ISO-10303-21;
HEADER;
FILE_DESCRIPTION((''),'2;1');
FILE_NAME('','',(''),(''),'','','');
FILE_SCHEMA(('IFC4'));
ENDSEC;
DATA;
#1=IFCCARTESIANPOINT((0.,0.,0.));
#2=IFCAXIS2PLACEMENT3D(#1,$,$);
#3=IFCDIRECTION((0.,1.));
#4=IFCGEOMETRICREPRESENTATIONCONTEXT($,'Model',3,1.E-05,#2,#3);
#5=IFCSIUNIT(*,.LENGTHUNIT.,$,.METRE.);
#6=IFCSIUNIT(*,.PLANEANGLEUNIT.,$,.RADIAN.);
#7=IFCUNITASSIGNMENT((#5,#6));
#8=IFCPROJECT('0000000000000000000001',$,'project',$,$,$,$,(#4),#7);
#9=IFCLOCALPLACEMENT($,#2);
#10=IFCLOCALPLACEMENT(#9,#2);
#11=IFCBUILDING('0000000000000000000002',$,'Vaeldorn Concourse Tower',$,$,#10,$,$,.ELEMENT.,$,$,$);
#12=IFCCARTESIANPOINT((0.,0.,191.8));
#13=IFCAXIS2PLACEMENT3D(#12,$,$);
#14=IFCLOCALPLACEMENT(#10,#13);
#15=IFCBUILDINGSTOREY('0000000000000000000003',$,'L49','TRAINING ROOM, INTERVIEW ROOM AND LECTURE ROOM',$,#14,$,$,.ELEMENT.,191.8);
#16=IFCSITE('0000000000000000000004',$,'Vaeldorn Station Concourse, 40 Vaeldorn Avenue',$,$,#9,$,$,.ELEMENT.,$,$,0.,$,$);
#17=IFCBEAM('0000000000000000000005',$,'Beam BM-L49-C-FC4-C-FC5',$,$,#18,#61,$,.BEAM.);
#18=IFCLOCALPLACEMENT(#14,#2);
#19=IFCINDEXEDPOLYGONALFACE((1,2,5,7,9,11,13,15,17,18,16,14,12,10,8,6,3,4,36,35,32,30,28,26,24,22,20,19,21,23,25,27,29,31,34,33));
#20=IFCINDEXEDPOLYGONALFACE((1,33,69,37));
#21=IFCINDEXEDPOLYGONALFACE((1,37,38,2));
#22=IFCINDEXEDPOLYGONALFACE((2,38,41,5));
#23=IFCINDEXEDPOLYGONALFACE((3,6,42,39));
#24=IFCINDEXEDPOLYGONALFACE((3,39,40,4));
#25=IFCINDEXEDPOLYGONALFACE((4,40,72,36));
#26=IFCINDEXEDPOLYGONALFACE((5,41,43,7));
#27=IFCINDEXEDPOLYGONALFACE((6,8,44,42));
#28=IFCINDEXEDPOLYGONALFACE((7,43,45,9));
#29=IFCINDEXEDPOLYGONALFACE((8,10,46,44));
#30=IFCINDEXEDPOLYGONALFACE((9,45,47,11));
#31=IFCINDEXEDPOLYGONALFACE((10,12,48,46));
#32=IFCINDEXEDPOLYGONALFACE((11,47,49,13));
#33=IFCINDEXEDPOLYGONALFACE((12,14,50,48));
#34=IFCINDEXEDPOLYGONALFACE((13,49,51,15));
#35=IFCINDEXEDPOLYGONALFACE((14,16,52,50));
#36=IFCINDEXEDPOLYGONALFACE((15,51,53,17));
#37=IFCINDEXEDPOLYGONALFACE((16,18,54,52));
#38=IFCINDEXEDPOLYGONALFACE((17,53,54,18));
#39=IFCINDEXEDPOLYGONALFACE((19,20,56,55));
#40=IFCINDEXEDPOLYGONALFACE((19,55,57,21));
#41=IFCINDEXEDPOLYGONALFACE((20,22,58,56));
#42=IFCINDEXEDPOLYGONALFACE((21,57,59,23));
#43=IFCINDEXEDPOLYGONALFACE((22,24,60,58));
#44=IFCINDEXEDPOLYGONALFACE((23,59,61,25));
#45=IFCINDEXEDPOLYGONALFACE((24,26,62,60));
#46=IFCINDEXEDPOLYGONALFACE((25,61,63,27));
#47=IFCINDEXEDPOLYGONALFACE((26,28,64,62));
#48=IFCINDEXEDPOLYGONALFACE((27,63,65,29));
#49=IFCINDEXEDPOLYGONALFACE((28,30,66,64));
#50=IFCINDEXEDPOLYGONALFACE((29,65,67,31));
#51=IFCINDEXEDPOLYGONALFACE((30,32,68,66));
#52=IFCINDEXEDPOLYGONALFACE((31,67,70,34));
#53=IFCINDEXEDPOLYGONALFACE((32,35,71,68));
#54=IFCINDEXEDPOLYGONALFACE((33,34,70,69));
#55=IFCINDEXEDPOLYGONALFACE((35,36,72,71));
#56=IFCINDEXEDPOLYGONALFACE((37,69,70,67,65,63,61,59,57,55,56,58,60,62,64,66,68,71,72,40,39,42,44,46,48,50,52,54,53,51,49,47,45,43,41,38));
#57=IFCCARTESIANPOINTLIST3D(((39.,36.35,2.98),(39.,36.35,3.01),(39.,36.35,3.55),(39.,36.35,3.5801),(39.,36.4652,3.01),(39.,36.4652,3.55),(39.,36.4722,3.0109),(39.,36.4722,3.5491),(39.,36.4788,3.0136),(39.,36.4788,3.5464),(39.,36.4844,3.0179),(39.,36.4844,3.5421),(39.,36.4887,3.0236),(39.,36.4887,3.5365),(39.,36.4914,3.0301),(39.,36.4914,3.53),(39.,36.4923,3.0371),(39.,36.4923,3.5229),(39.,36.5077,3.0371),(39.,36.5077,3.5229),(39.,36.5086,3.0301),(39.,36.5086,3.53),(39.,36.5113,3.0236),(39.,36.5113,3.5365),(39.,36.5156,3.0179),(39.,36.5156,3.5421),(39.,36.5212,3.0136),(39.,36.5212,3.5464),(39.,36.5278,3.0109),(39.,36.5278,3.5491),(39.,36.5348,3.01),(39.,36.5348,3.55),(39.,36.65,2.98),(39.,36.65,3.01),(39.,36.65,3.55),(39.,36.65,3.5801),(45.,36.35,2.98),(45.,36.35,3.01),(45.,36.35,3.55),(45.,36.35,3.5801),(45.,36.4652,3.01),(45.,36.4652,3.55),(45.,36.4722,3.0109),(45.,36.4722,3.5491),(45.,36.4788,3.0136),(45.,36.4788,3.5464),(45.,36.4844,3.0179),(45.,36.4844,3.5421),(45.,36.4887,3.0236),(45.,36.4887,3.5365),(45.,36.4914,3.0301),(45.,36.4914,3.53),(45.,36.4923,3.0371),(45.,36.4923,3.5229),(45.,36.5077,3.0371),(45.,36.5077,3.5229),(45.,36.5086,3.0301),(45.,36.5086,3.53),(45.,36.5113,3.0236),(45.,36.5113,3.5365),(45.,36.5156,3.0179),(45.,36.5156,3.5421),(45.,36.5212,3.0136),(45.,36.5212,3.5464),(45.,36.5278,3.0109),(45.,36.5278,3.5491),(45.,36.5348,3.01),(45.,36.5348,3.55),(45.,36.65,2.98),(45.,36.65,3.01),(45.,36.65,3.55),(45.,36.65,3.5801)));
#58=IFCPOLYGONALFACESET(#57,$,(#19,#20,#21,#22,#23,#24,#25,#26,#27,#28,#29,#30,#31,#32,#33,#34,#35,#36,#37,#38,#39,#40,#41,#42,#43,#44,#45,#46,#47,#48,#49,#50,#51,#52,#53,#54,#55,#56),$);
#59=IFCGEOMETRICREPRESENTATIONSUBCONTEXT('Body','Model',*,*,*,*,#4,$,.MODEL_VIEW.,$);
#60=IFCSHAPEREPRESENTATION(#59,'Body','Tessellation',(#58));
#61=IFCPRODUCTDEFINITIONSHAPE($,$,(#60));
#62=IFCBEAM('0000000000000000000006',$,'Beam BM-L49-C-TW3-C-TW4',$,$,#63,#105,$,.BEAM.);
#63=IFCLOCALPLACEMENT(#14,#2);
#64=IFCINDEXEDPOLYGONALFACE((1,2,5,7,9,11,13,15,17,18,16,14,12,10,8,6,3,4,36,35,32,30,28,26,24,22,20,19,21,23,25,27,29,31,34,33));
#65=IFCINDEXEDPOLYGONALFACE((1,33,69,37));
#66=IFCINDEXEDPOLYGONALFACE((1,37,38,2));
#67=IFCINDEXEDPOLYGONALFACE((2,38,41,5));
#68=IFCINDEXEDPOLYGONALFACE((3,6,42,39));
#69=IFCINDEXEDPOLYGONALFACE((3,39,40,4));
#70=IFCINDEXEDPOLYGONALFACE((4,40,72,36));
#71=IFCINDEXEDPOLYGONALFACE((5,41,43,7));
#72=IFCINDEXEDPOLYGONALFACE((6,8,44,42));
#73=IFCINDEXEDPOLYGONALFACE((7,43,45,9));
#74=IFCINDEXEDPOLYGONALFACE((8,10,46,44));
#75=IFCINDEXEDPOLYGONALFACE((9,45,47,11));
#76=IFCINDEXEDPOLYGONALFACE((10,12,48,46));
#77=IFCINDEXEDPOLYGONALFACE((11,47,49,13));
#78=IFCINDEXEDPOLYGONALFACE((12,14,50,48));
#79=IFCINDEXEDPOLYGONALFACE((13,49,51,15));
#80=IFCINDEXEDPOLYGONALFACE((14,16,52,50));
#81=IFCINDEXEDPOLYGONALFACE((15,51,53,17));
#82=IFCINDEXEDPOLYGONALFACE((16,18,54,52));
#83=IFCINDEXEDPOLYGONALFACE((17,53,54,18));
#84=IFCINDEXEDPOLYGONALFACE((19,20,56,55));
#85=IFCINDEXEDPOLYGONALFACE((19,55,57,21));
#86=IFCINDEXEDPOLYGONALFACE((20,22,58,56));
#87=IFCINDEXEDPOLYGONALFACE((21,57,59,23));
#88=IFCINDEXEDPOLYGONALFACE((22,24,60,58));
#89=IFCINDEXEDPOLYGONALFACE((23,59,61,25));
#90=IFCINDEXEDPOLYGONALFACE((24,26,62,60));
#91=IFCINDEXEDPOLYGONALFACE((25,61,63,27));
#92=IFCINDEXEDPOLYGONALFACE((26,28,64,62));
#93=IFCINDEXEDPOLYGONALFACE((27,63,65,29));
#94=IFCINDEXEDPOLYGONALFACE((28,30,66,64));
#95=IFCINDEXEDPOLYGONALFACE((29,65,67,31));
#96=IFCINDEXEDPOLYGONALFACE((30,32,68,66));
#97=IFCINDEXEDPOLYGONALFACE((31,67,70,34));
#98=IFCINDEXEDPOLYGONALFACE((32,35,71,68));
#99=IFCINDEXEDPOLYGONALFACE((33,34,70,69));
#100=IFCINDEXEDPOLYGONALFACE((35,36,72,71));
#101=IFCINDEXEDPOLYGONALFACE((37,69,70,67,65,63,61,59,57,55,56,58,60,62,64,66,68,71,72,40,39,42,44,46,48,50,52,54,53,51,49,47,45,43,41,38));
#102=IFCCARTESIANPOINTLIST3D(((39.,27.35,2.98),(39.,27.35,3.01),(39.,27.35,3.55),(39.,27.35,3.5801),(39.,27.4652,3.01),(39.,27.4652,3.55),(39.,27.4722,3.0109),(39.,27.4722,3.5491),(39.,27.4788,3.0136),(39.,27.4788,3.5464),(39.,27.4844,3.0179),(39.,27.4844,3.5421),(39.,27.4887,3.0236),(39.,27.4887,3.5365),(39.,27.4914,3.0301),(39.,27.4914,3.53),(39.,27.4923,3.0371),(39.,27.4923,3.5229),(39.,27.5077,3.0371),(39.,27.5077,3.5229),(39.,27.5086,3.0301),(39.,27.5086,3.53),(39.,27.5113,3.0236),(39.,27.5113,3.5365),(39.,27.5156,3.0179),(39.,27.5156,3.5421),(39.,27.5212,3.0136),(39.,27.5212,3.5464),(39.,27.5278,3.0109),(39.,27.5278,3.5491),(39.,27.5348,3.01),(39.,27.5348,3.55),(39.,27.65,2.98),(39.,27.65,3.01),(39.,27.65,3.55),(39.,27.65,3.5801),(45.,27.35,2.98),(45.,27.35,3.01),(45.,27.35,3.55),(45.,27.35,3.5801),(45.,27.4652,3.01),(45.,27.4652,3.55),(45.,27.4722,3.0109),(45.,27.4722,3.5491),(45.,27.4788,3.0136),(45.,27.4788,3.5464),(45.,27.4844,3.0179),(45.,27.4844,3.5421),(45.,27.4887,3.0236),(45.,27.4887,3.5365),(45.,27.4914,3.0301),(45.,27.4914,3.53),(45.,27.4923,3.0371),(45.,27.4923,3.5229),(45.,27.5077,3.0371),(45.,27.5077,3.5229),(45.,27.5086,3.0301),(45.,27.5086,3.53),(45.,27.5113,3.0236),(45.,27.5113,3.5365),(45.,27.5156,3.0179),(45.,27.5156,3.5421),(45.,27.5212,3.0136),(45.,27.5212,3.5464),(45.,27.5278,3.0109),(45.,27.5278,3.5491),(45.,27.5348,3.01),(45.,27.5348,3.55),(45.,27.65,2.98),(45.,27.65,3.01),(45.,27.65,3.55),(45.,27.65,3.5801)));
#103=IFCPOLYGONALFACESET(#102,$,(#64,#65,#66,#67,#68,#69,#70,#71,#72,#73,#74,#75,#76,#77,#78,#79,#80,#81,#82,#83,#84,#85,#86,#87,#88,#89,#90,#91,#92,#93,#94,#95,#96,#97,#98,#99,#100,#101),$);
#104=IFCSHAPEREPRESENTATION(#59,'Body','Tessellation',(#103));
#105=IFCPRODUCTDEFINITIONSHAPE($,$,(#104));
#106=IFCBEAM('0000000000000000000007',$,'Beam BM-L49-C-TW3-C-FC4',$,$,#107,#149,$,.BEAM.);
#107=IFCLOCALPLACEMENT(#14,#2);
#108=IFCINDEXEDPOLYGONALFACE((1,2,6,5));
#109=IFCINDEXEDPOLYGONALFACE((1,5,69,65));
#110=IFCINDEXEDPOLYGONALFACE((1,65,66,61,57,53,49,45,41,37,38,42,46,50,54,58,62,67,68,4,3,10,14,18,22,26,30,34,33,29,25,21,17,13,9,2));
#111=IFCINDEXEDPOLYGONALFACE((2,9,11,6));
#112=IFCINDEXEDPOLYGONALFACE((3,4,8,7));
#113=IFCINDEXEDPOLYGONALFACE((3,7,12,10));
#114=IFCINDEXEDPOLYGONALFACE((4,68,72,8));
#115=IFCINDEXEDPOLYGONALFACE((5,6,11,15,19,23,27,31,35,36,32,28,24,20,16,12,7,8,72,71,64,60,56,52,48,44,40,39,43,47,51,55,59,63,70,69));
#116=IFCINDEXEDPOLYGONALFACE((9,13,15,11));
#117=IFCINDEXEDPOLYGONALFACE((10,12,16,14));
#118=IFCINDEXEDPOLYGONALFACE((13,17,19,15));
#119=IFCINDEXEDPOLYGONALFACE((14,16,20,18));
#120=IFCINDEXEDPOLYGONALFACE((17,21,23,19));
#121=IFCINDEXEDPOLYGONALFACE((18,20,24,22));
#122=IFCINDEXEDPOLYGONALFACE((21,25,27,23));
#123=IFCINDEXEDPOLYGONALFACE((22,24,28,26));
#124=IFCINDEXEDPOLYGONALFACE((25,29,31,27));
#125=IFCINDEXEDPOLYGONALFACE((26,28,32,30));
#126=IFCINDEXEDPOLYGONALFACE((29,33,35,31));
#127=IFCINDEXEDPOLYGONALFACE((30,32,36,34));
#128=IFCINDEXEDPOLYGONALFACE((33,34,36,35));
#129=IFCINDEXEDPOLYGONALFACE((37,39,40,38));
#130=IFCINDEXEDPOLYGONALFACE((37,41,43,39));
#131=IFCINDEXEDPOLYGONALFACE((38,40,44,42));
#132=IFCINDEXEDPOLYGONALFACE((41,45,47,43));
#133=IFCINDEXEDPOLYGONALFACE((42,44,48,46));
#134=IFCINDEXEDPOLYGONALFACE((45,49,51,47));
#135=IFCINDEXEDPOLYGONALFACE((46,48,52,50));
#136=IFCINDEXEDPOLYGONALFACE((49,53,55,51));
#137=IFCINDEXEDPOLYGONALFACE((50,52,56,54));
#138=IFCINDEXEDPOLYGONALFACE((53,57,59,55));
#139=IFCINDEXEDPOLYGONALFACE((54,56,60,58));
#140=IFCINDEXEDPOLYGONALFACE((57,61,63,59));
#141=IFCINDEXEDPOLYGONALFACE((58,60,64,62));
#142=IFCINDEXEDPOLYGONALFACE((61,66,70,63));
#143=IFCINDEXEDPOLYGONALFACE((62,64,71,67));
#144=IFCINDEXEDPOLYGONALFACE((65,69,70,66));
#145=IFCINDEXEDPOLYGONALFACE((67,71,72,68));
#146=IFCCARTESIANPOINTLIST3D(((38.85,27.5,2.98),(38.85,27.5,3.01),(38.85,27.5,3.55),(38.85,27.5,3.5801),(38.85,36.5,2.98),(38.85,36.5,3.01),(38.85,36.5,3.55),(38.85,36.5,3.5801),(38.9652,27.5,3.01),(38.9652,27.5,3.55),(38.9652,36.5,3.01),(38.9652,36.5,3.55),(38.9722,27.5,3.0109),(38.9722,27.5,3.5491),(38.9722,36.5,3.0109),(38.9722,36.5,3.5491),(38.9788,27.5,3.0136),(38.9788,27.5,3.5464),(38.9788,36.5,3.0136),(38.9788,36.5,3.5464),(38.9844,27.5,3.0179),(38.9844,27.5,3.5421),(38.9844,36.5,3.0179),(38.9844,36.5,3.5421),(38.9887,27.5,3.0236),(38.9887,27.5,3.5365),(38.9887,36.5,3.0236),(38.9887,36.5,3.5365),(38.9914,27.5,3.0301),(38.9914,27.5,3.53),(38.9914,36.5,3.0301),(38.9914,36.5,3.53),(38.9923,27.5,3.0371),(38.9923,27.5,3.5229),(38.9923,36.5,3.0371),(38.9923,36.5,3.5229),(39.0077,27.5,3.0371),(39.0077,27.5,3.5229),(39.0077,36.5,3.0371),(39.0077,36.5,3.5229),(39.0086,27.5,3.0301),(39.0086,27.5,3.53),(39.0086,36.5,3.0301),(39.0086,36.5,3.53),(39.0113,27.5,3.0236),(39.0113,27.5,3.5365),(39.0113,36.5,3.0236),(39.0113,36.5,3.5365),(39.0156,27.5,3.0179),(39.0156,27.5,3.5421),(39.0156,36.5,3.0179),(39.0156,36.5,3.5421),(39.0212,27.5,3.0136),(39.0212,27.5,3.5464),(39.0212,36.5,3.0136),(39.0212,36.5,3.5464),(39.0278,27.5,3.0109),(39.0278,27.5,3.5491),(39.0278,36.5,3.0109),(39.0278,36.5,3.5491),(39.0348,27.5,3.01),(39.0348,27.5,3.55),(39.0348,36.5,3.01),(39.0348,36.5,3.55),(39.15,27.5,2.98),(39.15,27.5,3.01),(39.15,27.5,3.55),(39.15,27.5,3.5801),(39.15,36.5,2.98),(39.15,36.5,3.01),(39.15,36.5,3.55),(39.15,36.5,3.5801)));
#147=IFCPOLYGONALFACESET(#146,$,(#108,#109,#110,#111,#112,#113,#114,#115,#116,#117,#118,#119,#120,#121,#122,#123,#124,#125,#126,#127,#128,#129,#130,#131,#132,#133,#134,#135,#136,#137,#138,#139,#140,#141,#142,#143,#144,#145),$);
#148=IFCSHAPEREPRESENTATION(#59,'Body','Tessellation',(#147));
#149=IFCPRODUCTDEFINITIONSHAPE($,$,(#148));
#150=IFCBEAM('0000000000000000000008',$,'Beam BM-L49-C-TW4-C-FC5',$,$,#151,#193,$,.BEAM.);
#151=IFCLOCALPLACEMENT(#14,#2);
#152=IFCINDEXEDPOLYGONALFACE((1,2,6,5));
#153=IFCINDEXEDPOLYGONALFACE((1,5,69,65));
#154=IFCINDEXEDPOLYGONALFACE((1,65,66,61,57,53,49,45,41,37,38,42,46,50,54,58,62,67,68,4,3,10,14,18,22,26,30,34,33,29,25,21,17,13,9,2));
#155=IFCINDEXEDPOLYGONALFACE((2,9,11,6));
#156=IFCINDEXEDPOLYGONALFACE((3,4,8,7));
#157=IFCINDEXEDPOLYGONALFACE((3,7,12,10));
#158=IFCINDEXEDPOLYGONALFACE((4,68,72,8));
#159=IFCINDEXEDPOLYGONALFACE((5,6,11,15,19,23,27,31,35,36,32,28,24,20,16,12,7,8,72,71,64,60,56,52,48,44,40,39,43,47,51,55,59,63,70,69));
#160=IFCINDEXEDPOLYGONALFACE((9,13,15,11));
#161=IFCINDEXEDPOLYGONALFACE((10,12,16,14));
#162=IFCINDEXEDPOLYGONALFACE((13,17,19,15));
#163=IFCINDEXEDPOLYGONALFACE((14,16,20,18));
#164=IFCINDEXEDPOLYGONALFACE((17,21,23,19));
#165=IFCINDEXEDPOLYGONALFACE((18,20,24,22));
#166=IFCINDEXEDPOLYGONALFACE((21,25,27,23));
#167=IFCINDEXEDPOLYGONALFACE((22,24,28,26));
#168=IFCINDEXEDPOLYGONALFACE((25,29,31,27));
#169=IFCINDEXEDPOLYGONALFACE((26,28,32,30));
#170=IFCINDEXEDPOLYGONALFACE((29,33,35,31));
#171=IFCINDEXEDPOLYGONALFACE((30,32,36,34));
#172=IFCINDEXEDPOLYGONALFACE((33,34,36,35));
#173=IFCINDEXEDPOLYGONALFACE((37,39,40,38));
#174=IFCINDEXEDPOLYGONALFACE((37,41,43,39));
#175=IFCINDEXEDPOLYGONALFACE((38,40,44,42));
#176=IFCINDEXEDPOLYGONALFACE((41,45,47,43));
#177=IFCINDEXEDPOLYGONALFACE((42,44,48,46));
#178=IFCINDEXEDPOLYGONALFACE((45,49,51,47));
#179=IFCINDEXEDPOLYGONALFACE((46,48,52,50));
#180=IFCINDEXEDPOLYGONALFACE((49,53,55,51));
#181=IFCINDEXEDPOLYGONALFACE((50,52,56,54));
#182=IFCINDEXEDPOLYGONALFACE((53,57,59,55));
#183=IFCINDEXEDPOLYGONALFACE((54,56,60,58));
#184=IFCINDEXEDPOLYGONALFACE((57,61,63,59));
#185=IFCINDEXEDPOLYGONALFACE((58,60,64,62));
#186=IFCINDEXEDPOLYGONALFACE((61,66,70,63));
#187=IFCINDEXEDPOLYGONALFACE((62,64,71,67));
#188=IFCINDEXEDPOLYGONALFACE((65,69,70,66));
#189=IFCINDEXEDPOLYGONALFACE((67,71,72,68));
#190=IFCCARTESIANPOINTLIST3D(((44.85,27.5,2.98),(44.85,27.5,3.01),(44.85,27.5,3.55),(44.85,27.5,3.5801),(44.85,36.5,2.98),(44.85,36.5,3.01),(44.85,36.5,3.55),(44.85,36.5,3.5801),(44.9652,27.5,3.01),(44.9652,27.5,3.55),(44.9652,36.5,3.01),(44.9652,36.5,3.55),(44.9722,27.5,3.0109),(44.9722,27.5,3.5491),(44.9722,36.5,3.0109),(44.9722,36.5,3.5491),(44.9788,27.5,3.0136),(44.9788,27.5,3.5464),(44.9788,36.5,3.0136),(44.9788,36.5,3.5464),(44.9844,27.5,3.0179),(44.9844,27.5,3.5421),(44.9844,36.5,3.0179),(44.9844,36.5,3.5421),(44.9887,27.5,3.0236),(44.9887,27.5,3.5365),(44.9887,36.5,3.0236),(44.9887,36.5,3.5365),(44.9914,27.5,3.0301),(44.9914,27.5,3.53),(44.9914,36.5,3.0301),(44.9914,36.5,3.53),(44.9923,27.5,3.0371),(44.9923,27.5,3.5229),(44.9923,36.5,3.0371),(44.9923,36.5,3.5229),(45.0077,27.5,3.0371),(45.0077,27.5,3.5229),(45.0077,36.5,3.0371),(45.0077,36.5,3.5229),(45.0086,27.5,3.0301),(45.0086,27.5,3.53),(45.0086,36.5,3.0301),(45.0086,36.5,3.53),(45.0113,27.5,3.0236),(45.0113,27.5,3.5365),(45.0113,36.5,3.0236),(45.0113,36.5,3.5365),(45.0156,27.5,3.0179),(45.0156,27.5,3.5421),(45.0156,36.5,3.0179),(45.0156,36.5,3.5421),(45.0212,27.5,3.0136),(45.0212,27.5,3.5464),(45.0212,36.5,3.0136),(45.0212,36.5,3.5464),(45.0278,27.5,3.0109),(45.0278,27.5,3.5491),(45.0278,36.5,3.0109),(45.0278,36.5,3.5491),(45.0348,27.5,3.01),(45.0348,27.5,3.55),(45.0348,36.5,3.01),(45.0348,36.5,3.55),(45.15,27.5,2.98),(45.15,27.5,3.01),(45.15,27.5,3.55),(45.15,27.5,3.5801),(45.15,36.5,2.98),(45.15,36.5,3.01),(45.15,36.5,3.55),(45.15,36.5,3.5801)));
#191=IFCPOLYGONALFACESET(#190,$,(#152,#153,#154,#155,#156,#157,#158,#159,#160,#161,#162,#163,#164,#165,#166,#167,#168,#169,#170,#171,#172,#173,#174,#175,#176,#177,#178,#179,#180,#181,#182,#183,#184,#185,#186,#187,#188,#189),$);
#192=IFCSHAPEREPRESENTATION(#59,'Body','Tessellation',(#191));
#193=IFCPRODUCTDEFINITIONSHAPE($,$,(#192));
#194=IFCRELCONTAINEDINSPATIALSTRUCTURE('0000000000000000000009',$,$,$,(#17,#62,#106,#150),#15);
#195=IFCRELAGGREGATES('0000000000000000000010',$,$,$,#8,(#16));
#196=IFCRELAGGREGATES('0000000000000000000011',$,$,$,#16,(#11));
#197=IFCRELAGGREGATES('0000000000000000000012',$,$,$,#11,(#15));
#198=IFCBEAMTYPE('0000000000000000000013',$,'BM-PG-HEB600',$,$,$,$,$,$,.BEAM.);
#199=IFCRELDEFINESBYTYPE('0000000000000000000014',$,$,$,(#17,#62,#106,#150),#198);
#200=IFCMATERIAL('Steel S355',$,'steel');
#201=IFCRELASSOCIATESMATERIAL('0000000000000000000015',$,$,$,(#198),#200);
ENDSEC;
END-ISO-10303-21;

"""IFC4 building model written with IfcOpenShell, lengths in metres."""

from ifc_helpers import new_model, si_unit, direction, frame, origin, origin_2d, place, context, subcontext, project, spatial, i_section, extrude, source, transform, mapped, material, material_profile, profile_set, type_object, element, save


model = new_model("IFC4")

# Units and contexts
model_context = context("Model", 3, precision=1e-05, world=origin(), true_north=direction((0.0, 1.0)))
body_context = subcontext(model_context, "Body", "Model", "MODEL_VIEW")
ifc_project = project(units=[si_unit("LENGTHUNIT", "METRE"), si_unit("PLANEANGLEUNIT", "RADIAN")], contexts=[model_context])

# Site, building, storey
site_placement = place(None, origin())
site = spatial("IfcSite", under=ifc_project, at=site_placement, Name="Vaeldorn Station Concourse, 40 Vaeldorn Avenue", CompositionType="ELEMENT", RefElevation=0.0)
building_placement = place(site_placement, origin())
building = spatial("IfcBuilding", under=site, at=building_placement, Name="Vaeldorn Concourse Tower", CompositionType="ELEMENT")
storey_placement = place(building_placement, frame((0.0, 0.0, 191.8)))
storey = spatial("IfcBuildingStorey", under=building, at=storey_placement, Name="L49", Description="TRAINING ROOM, INTERVIEW ROOM AND LECTURE ROOM", CompositionType="ELEMENT", Elevation=191.8)

# Shared definitions
ifc_material_1 = material(Name="Steel S355", Category="steel")

# Beams
ifc_material_profile_1 = material_profile(ifc_material_1, i_section(OverallWidth=0.3, OverallDepth=0.6001, WebThickness=0.0154, FlangeThickness=0.03, FilletRadius=0.0271, at=origin_2d()), Name="HEB 600")
ifc_profile_set_1 = profile_set([ifc_material_profile_1], Name="Steel S355")
beam_type_1 = type_object("IfcBeamType", Name="BM-PG-HEB600", PredefinedType="BEAM", material=ifc_profile_set_1)
shared_shape_1 = source(origin(), body_context, "Body", "SweptSolid", [
    extrude(i_section(OverallWidth=0.3, OverallDepth=0.6001, WebThickness=0.0154, FlangeThickness=0.03, FilletRadius=0.0271, at=origin_2d()), origin(), (0.0, 0.0, 1.0), 6.0),
])
for number, where, z_axis, x_axis, name in (
    (1, (39.0, 36.5, 3.28), (1.0, 0.0, 0.0), (0.0, 1.0, 0.0), "Beam BM-L49-C-FC4-C-FC5"),
    (2, (39.0, 27.5, 3.28), (1.0, 0.0, 0.0), (0.0, 1.0, 0.0), "Beam BM-L49-C-TW3-C-TW4"),
):
    element("IfcBeam", number, at=place(storey_placement, frame(where, z_axis=z_axis, x_axis=x_axis)), inside=storey, type_object=beam_type_1, Name=name, PredefinedType="BEAM", context=body_context, shape_type="MappedRepresentation", body=[
        mapped(shared_shape_1, transform((0.0, 0.0, 0.0), scale=1.0)),
    ])
shared_shape_2 = source(origin(), body_context, "Body", "SweptSolid", [
    extrude(i_section(OverallWidth=0.3, OverallDepth=0.6001, WebThickness=0.0154, FlangeThickness=0.03, FilletRadius=0.0271, at=origin_2d()), origin(), (0.0, 0.0, 1.0), 9.0),
])
for number, where, z_axis, x_axis, name in (
    (3, (39.0, 27.5, 3.28), (0.0, 1.0, 0.0), (-1.0, 0.0, 0.0), "Beam BM-L49-C-TW3-C-FC4"),
    (4, (45.0, 27.5, 3.28), (0.0, 1.0, 0.0), (-1.0, 0.0, 0.0), "Beam BM-L49-C-TW4-C-FC5"),
):
    element("IfcBeam", number, at=place(storey_placement, frame(where, z_axis=z_axis, x_axis=x_axis)), inside=storey, type_object=beam_type_1, Name=name, PredefinedType="BEAM", context=body_context, shape_type="MappedRepresentation", body=[
        mapped(shared_shape_2, transform((0.0, 0.0, 0.0), scale=1.0)),
    ])

save(model, "model.ifc")
